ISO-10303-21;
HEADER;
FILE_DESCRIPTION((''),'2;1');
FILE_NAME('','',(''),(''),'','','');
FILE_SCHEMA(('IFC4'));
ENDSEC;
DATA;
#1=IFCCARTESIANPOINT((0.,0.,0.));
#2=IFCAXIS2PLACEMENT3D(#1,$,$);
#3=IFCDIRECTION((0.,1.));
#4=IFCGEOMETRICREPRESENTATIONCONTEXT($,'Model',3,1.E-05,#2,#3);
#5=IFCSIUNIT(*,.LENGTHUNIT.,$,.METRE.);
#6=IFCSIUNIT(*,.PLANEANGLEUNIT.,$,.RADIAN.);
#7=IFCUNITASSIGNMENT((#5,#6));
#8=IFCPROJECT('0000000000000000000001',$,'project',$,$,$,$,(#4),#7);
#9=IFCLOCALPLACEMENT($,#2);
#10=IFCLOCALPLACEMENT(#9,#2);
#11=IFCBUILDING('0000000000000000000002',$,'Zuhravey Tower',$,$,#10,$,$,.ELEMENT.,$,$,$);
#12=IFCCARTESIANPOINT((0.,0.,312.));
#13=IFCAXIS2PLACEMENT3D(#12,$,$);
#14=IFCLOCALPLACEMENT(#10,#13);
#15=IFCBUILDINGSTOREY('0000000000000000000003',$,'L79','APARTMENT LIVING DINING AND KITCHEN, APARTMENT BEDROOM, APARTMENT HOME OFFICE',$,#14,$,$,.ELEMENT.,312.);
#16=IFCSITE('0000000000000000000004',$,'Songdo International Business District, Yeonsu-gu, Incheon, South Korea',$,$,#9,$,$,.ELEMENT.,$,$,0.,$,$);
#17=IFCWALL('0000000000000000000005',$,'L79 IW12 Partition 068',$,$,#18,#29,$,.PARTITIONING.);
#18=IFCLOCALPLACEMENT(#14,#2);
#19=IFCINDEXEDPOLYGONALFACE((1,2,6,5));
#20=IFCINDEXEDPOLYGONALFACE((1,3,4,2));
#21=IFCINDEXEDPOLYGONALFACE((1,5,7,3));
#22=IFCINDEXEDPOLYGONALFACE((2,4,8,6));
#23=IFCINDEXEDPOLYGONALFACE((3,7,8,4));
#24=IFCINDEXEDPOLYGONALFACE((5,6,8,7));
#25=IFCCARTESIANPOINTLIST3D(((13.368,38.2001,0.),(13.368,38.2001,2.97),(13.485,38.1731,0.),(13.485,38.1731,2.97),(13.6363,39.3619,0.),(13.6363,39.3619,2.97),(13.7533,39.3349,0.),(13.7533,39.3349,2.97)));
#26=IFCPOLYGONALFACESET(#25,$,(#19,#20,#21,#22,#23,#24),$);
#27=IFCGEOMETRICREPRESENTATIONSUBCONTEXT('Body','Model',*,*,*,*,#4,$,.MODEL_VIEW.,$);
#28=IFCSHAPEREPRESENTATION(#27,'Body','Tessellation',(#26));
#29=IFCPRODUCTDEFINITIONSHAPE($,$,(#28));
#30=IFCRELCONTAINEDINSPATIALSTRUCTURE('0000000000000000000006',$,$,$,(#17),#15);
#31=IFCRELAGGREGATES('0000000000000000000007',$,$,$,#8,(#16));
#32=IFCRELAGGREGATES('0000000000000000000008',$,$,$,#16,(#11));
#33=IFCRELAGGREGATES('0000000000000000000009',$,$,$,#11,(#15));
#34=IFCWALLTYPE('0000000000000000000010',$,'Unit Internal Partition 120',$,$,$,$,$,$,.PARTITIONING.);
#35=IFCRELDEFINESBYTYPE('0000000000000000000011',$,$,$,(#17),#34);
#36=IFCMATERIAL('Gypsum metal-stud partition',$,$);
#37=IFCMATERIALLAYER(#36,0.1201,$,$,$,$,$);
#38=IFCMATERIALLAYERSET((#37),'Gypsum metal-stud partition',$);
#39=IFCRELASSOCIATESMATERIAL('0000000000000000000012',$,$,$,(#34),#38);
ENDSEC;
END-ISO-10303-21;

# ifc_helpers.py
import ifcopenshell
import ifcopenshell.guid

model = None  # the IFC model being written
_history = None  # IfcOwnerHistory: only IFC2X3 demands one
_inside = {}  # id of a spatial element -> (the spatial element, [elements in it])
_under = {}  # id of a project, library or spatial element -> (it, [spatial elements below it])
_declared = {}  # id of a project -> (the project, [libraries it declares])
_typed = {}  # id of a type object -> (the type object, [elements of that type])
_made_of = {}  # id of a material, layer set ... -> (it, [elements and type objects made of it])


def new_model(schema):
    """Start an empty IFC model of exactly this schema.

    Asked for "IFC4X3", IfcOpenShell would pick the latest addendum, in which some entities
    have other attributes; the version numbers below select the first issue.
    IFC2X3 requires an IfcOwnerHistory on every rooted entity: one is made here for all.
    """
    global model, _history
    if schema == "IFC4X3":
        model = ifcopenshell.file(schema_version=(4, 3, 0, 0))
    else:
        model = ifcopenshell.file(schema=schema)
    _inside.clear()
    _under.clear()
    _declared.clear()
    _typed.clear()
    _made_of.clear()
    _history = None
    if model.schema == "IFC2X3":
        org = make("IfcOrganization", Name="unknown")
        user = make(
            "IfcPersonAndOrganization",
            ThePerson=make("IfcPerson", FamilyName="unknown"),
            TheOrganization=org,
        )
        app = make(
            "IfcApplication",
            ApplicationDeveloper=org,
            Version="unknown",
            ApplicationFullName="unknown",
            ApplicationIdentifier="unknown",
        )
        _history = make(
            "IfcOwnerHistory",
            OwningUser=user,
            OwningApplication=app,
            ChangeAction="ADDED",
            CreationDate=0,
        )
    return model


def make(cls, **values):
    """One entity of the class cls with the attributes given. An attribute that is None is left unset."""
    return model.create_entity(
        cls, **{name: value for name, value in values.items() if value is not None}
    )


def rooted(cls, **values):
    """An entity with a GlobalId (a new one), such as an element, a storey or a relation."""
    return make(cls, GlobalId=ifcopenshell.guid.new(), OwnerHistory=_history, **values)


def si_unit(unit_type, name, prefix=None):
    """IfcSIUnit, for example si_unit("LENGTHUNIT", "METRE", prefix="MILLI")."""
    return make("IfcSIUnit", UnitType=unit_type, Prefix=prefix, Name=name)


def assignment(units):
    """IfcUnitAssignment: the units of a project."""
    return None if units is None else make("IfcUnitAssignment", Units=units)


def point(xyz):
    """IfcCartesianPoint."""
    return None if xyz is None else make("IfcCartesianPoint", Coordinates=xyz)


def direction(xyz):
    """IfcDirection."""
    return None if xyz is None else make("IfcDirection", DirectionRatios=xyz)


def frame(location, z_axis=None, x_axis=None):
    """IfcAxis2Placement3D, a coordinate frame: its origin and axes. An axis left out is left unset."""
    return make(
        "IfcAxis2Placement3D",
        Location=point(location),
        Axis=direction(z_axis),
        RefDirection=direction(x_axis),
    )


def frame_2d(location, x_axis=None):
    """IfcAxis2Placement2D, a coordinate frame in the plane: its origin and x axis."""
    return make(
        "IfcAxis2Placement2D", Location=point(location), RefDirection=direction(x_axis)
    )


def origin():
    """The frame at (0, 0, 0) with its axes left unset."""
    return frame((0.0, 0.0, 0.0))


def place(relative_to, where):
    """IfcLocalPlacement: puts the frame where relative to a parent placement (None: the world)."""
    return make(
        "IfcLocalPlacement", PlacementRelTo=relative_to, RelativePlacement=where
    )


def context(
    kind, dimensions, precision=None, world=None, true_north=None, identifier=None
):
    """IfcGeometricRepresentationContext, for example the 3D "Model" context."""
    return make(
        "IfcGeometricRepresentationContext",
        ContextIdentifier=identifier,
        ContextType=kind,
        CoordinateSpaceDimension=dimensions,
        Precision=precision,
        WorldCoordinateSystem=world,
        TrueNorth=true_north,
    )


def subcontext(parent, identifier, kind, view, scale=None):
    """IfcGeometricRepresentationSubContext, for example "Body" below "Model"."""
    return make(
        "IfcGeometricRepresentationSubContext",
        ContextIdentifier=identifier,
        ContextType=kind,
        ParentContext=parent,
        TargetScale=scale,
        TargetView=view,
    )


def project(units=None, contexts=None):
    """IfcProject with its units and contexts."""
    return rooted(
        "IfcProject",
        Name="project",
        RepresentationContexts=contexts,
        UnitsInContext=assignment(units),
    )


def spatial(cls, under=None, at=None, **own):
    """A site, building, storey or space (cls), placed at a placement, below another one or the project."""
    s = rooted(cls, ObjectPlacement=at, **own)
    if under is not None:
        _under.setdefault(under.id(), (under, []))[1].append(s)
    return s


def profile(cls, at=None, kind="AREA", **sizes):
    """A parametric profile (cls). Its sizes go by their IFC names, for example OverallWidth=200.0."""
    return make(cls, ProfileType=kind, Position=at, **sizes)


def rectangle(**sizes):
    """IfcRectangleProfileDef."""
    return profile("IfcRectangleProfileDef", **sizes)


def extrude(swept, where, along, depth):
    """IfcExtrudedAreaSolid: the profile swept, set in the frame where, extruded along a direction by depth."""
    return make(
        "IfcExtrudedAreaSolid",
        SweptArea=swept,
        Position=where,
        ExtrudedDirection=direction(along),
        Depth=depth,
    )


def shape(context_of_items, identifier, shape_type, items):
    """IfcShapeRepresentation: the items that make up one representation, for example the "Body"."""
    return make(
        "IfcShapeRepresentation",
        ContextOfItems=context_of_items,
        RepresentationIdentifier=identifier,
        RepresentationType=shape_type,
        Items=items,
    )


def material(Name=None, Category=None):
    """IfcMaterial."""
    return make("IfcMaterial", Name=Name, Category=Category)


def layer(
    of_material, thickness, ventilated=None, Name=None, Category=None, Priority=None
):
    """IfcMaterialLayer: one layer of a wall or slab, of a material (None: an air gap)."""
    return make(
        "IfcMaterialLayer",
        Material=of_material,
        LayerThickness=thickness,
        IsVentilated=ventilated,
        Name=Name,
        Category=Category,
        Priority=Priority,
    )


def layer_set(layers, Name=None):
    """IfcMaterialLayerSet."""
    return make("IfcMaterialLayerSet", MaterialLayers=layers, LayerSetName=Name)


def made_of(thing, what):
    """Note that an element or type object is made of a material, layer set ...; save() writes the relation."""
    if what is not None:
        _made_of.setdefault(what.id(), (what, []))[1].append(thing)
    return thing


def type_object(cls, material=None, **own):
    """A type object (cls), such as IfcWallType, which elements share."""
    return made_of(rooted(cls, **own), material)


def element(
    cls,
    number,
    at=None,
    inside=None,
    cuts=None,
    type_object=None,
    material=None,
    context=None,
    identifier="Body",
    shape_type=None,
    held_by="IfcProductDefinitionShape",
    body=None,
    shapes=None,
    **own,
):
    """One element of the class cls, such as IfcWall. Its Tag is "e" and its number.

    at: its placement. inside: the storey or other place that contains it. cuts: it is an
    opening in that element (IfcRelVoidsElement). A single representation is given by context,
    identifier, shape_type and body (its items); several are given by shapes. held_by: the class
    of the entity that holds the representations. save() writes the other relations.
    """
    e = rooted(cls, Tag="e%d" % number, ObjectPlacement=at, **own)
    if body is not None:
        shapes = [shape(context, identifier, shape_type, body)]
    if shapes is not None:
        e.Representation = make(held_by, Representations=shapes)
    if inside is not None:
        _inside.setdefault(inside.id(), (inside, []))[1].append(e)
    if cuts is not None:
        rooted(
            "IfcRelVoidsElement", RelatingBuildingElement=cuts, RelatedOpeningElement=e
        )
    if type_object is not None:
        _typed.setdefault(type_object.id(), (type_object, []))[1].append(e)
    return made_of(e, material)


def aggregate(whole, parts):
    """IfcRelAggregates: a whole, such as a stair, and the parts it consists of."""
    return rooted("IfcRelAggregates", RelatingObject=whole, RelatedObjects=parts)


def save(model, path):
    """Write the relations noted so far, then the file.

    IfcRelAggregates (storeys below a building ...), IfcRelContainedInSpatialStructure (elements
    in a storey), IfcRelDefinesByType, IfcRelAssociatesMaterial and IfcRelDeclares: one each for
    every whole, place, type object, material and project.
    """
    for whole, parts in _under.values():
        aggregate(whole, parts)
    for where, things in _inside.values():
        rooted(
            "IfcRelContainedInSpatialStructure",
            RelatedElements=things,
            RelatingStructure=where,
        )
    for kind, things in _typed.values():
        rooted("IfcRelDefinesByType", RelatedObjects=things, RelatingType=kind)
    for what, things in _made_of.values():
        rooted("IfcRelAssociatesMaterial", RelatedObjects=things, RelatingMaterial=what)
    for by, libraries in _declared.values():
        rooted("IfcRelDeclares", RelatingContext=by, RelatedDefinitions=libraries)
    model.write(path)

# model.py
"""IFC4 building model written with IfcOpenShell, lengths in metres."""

from ifc_helpers import new_model, si_unit, direction, frame, frame_2d, origin, place, context, subcontext, project, spatial, rectangle, extrude, material, layer, layer_set, type_object, element, save


model = new_model("IFC4")

# Units and contexts
model_context = context("Model", 3, precision=1e-05, world=origin(), true_north=direction((0.0, 1.0)))
body_context = subcontext(model_context, "Body", "Model", "MODEL_VIEW")
ifc_project = project(units=[si_unit("LENGTHUNIT", "METRE"), si_unit("PLANEANGLEUNIT", "RADIAN")], contexts=[model_context])

# Site, building, storey
site_placement = place(None, origin())
site = spatial("IfcSite", under=ifc_project, at=site_placement, Name="Songdo International Business District, Yeonsu-gu, Incheon, South Korea", CompositionType="ELEMENT", RefElevation=0.0)
building_placement = place(site_placement, origin())
building = spatial("IfcBuilding", under=site, at=building_placement, Name="Zuhravey Tower", CompositionType="ELEMENT")
storey_placement = place(building_placement, frame((0.0, 0.0, 312.0)))
storey = spatial("IfcBuildingStorey", under=building, at=storey_placement, Name="L79", Description="APARTMENT LIVING DINING AND KITCHEN, APARTMENT BEDROOM, APARTMENT HOME OFFICE", CompositionType="ELEMENT", Elevation=312.0)

# Shared definitions
ifc_material_1 = material(Name="Gypsum metal-stud partition")
ifc_layer_1 = layer(ifc_material_1, 0.1201)
ifc_layer_set_1 = layer_set([ifc_layer_1], Name="Gypsum metal-stud partition")
wall_type_1 = type_object("IfcWallType", Name="Unit Internal Partition 120", PredefinedType="PARTITIONING", material=ifc_layer_set_1)

# Wall
wall_1_placement = place(storey_placement, frame((13.6948, 39.3484, 0.0), z_axis=(0.0, 0.0, 1.0), x_axis=(-0.225009, -0.974357, 0.0)))
element("IfcWall", 1, at=wall_1_placement, inside=storey, type_object=wall_type_1, Name="L79 IW12 Partition 068", PredefinedType="PARTITIONING", context=body_context, shape_type="SweptSolid", body=[
    extrude(rectangle(XDim=1.1924, YDim=0.1201, at=frame_2d((0.5962, 0.0))), origin(), (0.0, 0.0, 1.0), 2.97),
])

save(model, "model.ifc")
